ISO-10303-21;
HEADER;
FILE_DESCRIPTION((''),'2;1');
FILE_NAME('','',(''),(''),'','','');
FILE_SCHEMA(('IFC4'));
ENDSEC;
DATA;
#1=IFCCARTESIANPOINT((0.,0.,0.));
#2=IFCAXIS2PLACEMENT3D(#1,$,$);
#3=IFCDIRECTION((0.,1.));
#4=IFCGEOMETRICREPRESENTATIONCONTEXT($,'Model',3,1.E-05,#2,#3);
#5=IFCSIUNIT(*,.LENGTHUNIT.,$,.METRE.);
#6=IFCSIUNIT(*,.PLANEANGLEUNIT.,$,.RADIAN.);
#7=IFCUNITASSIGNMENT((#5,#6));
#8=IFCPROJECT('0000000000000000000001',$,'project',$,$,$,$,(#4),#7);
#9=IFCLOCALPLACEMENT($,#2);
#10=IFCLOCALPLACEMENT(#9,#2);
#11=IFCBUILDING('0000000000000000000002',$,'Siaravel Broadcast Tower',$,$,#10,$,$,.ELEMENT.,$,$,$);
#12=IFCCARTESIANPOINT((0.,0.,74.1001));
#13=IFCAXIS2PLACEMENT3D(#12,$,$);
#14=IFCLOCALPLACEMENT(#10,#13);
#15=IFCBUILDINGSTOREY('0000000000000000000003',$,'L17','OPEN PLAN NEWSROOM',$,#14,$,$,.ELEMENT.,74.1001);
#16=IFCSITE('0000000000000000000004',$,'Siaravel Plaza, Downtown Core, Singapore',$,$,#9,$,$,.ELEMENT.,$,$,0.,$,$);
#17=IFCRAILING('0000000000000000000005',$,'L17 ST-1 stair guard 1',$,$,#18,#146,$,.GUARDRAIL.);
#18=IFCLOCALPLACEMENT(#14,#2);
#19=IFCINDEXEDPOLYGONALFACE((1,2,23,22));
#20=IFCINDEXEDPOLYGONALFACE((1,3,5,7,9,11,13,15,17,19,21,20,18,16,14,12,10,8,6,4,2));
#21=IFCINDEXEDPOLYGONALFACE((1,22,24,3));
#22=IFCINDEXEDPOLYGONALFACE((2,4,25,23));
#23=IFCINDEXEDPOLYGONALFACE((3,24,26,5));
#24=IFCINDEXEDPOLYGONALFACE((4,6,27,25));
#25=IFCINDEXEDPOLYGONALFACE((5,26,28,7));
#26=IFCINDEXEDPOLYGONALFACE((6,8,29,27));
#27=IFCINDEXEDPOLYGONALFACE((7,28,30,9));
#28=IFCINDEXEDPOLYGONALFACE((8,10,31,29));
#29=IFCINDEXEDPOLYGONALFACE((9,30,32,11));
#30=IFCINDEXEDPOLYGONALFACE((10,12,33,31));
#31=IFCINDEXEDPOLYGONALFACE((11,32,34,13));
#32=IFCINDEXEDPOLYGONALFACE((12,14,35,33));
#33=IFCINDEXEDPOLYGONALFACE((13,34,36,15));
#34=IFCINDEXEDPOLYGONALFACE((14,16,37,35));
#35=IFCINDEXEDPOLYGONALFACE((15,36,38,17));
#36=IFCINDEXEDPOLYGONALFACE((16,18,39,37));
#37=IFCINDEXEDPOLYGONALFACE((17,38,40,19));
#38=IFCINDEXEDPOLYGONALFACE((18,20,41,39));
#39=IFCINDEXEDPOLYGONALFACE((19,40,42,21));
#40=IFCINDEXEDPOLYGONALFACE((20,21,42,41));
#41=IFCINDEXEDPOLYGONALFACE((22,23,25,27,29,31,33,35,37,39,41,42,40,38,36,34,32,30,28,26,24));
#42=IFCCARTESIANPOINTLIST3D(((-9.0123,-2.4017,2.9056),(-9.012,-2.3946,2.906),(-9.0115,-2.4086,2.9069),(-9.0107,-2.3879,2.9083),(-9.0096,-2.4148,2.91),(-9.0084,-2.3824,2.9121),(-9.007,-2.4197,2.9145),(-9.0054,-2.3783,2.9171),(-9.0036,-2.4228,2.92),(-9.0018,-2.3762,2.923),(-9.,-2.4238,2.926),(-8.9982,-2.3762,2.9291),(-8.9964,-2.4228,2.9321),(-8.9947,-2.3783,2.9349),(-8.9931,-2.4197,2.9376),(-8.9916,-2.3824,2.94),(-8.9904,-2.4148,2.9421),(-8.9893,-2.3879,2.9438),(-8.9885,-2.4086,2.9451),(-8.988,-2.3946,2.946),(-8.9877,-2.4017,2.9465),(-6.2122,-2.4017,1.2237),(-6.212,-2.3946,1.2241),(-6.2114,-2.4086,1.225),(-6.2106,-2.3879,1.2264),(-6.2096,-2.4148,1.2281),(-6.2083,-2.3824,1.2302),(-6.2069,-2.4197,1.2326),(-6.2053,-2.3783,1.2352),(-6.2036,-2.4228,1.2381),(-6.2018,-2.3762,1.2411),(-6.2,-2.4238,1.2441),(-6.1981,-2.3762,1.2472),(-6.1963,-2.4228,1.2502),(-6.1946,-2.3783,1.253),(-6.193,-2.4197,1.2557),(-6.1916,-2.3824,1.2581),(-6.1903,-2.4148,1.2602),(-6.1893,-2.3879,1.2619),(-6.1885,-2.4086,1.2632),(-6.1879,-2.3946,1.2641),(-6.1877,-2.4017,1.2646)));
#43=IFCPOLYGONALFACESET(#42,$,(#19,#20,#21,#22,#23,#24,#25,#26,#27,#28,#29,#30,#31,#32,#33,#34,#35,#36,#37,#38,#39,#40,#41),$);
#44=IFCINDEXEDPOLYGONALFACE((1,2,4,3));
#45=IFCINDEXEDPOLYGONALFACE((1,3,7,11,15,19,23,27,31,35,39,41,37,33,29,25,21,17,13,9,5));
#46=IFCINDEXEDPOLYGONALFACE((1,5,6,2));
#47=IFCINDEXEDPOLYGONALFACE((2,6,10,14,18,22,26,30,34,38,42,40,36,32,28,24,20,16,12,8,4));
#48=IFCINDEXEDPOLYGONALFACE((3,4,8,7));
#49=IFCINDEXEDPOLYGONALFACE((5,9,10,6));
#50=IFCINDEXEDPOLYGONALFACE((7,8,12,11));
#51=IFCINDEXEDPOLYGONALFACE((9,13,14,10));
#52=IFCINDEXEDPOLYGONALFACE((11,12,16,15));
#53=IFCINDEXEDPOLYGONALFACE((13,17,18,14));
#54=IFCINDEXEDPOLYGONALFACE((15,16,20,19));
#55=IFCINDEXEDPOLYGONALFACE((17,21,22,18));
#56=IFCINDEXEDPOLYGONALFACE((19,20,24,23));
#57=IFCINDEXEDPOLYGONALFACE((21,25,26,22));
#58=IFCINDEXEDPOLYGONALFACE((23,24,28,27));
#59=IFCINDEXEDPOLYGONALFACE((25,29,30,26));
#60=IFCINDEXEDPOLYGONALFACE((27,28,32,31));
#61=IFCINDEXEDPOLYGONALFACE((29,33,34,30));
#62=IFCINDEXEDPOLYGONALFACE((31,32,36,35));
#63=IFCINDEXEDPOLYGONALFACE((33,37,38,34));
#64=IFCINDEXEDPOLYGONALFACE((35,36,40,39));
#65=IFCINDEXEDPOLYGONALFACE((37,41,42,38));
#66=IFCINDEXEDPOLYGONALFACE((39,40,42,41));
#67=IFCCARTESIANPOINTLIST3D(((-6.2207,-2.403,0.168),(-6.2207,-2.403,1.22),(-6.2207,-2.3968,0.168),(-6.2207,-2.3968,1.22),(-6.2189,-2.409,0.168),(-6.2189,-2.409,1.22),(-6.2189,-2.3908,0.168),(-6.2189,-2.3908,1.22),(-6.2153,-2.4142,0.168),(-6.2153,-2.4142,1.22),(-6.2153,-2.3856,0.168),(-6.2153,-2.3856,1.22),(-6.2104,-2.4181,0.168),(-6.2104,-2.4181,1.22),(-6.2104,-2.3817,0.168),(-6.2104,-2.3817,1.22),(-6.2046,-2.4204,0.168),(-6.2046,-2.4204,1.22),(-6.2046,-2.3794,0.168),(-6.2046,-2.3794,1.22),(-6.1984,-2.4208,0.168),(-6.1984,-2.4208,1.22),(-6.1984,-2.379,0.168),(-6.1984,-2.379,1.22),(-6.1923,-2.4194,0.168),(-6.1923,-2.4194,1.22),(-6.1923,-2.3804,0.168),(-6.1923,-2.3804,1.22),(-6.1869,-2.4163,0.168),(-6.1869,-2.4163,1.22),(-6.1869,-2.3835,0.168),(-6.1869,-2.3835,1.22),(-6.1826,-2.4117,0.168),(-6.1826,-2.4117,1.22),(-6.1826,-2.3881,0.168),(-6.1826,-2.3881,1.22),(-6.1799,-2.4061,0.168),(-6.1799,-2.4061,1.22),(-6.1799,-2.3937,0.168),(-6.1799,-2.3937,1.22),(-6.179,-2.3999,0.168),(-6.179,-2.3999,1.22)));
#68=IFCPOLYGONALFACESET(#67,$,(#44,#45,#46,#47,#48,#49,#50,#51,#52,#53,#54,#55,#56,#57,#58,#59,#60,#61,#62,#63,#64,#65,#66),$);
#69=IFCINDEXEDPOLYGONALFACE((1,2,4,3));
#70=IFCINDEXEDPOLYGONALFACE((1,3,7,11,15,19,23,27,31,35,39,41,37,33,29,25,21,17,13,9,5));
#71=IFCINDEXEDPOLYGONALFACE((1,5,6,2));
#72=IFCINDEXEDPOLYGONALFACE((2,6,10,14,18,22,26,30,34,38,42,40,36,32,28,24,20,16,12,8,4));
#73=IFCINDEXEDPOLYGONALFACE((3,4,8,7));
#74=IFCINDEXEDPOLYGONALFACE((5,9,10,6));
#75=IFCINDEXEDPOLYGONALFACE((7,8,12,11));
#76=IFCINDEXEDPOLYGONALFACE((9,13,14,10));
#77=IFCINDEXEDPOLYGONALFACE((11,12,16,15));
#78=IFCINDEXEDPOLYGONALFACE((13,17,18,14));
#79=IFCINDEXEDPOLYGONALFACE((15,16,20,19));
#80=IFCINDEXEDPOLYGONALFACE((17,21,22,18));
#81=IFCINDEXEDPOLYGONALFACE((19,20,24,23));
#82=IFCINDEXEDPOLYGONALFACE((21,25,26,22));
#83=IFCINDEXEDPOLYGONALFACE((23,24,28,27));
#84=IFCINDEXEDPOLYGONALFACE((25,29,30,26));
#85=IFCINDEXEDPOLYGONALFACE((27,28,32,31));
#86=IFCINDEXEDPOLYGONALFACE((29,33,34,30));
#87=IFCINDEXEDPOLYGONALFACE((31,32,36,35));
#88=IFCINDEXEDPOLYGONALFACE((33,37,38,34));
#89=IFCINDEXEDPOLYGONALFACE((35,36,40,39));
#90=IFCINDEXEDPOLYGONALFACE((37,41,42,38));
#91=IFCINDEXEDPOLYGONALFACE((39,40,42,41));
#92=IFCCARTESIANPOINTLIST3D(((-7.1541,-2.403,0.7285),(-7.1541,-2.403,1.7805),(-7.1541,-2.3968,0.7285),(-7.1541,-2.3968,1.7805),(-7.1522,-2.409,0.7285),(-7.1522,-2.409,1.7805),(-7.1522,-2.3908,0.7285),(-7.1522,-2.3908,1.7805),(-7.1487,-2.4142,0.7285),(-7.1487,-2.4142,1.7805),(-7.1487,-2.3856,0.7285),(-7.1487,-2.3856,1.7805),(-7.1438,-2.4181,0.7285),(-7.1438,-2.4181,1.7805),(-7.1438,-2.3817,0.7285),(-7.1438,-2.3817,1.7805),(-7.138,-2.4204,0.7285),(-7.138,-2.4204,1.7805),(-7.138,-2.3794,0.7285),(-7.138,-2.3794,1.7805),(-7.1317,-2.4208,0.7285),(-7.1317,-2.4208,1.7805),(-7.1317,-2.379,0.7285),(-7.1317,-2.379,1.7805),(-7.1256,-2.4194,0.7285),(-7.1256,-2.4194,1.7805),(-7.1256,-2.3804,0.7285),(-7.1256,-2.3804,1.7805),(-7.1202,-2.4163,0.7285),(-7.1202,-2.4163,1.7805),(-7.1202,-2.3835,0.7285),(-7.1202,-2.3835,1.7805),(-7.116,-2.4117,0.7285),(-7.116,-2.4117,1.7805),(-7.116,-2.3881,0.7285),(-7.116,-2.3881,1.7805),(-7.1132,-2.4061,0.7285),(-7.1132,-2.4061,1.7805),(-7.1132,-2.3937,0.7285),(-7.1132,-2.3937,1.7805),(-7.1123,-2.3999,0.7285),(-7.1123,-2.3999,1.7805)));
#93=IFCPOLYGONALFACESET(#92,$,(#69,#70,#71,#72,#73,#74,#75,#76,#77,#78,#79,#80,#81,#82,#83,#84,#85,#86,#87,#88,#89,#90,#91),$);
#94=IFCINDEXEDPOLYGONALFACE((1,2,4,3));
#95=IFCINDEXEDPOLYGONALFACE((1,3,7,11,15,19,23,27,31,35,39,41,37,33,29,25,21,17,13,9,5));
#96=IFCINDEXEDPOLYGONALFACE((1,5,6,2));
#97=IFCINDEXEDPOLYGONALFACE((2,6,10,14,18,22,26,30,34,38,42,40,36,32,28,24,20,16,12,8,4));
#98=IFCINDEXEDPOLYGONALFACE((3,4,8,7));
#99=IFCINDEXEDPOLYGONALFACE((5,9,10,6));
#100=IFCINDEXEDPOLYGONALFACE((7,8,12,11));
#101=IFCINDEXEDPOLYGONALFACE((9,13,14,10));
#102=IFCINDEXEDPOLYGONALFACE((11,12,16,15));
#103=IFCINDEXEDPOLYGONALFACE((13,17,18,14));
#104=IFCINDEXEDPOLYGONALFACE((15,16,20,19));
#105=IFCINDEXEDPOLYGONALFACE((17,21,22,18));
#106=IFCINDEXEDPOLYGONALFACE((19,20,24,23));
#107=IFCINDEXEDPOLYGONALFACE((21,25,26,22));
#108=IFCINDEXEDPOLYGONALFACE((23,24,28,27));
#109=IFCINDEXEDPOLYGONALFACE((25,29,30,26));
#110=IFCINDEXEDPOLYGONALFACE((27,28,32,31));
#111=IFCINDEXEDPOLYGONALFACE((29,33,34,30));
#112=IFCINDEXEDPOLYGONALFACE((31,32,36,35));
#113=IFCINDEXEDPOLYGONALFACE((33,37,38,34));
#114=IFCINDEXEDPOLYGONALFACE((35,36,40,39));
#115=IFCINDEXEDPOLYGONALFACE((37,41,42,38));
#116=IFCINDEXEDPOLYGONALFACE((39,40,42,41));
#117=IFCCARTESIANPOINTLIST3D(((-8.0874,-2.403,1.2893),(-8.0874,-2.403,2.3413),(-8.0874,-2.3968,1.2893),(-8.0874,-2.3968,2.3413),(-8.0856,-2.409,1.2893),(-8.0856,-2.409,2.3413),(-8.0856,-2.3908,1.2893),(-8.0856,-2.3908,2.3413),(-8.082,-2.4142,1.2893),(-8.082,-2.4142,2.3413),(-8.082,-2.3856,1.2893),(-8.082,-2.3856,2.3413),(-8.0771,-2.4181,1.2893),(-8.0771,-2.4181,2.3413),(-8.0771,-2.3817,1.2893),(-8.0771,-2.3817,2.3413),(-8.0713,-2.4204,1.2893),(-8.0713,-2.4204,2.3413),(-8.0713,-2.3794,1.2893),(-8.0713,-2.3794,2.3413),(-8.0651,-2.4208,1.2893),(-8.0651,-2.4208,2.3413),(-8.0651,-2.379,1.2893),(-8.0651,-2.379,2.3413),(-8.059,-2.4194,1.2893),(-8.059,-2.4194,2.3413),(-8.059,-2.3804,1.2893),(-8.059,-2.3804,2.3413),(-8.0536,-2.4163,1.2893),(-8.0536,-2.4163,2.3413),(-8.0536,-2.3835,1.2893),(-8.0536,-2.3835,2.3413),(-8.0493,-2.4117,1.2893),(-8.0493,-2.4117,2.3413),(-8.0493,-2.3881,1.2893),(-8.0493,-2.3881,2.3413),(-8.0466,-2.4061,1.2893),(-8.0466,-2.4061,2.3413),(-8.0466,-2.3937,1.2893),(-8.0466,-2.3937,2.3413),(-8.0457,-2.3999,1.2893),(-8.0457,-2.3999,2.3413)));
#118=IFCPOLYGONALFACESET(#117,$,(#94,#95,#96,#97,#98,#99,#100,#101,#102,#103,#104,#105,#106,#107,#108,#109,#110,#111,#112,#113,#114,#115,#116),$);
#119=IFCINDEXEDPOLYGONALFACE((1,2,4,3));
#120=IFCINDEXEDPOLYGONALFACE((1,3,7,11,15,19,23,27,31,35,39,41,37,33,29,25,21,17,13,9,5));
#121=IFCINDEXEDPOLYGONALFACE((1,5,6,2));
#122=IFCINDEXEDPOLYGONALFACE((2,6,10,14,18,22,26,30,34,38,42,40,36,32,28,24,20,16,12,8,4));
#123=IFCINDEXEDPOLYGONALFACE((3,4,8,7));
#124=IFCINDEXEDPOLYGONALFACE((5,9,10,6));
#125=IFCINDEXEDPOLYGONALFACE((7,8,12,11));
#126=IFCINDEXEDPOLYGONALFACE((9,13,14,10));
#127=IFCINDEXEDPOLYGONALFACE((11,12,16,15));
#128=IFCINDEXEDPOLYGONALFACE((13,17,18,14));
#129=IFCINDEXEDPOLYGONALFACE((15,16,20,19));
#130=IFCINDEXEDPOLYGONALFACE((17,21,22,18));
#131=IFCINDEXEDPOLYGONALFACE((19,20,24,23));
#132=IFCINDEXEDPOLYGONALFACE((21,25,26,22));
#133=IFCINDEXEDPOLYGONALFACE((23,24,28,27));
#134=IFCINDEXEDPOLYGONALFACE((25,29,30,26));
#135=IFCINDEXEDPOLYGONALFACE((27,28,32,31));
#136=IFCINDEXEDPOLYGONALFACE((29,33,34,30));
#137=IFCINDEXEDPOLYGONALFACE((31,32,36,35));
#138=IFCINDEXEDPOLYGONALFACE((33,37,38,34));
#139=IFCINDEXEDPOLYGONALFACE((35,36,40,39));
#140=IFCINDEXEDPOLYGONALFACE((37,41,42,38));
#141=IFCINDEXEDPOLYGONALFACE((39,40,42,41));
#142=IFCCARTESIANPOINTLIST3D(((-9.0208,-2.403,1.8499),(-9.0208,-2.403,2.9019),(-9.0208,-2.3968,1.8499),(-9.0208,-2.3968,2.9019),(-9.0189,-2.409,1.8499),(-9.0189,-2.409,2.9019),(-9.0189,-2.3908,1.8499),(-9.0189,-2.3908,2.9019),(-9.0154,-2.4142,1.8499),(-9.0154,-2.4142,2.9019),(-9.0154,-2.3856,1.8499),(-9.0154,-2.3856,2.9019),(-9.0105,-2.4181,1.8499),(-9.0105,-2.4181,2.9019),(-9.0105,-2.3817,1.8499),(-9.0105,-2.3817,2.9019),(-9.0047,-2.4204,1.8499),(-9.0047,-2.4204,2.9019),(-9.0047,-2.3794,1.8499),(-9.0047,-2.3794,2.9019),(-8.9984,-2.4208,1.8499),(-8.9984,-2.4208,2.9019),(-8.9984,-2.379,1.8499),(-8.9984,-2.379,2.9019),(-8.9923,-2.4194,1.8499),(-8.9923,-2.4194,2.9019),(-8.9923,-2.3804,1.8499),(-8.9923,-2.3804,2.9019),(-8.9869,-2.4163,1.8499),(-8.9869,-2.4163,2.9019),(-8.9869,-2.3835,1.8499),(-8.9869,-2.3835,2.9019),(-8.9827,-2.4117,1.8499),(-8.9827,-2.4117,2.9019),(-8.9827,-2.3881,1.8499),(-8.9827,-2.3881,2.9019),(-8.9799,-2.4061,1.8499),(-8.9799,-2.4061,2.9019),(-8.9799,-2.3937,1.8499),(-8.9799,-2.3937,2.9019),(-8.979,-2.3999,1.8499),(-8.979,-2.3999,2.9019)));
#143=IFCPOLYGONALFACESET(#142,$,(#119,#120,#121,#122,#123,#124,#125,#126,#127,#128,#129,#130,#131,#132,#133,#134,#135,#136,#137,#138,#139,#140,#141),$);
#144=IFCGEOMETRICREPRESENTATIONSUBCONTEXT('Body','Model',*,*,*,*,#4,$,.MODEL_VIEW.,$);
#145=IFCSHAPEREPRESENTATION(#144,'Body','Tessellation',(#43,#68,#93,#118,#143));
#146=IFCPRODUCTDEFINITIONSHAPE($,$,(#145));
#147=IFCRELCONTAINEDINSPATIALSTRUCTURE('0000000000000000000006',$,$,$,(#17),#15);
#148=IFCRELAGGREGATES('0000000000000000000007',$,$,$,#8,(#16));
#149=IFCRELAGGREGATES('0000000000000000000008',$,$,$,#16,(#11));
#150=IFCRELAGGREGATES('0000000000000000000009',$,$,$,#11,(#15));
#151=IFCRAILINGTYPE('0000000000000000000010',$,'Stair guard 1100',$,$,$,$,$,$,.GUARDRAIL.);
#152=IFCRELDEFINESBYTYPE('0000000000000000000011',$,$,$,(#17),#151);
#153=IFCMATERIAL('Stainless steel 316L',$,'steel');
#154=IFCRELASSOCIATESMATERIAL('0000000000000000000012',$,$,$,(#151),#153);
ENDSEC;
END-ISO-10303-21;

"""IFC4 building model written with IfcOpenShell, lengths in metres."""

from ifc_helpers import new_model, si_unit, direction, frame, origin, origin_2d, place, context, subcontext, project, spatial, circle, extrude, material, type_object, element, save


model = new_model("IFC4")

# Units and contexts
model_context = context("Model", 3, precision=1e-05, world=origin(), true_north=direction((0.0, 1.0)))
body_context = subcontext(model_context, "Body", "Model", "MODEL_VIEW")
ifc_project = project(units=[si_unit("LENGTHUNIT", "METRE"), si_unit("PLANEANGLEUNIT", "RADIAN")], contexts=[model_context])

# Site, building, storey
site_placement = place(None, origin())
site = spatial("IfcSite", under=ifc_project, at=site_placement, Name="Siaravel Plaza, Downtown Core, Singapore", CompositionType="ELEMENT", RefElevation=0.0)
building_placement = place(site_placement, origin())
building = spatial("IfcBuilding", under=site, at=building_placement, Name="Siaravel Broadcast Tower", CompositionType="ELEMENT")
storey_placement = place(building_placement, frame((0.0, 0.0, 74.1001)))
storey = spatial("IfcBuildingStorey", under=building, at=storey_placement, Name="L17", Description="OPEN PLAN NEWSROOM", CompositionType="ELEMENT", Elevation=74.1001)

# Railing
ifc_material_1 = material(Name="Stainless steel 316L", Category="steel")
railing_type_1 = type_object("IfcRailingType", Name="Stair guard 1100", PredefinedType="GUARDRAIL", material=ifc_material_1)
railing_1_placement = place(storey_placement, frame((-6.2, -2.3999, 0.168)))
element("IfcRailing", 1, at=railing_1_placement, inside=storey, type_object=railing_type_1, Name="L17 ST-1 stair guard 1", PredefinedType="GUARDRAIL", context=body_context, shape_type="SweptSolid", body=[
    extrude(circle(Radius=0.0239, at=origin_2d()), frame((0.0, 0.0, 1.0762), z_axis=(-0.857242, 0.0, 0.514913), x_axis=(0.0, -1.0, 0.0)), (0.0, 0.0, 1.0), 3.2664),
    extrude(circle(Radius=0.021, at=origin_2d()), origin(), (0.0, 0.0, 1.0), 1.052),
    extrude(circle(Radius=0.021, at=origin_2d()), frame((-0.9333, 0.0, 0.5605)), (0.0, 0.0, 1.0), 1.052),
    extrude(circle(Radius=0.021, at=origin_2d()), frame((-1.8667, 0.0, 1.1213)), (0.0, 0.0, 1.0), 1.052),
    extrude(circle(Radius=0.021, at=origin_2d()), frame((-2.8, 0.0, 1.6819)), (0.0, 0.0, 1.0), 1.052),
])

save(model, "model.ifc")
